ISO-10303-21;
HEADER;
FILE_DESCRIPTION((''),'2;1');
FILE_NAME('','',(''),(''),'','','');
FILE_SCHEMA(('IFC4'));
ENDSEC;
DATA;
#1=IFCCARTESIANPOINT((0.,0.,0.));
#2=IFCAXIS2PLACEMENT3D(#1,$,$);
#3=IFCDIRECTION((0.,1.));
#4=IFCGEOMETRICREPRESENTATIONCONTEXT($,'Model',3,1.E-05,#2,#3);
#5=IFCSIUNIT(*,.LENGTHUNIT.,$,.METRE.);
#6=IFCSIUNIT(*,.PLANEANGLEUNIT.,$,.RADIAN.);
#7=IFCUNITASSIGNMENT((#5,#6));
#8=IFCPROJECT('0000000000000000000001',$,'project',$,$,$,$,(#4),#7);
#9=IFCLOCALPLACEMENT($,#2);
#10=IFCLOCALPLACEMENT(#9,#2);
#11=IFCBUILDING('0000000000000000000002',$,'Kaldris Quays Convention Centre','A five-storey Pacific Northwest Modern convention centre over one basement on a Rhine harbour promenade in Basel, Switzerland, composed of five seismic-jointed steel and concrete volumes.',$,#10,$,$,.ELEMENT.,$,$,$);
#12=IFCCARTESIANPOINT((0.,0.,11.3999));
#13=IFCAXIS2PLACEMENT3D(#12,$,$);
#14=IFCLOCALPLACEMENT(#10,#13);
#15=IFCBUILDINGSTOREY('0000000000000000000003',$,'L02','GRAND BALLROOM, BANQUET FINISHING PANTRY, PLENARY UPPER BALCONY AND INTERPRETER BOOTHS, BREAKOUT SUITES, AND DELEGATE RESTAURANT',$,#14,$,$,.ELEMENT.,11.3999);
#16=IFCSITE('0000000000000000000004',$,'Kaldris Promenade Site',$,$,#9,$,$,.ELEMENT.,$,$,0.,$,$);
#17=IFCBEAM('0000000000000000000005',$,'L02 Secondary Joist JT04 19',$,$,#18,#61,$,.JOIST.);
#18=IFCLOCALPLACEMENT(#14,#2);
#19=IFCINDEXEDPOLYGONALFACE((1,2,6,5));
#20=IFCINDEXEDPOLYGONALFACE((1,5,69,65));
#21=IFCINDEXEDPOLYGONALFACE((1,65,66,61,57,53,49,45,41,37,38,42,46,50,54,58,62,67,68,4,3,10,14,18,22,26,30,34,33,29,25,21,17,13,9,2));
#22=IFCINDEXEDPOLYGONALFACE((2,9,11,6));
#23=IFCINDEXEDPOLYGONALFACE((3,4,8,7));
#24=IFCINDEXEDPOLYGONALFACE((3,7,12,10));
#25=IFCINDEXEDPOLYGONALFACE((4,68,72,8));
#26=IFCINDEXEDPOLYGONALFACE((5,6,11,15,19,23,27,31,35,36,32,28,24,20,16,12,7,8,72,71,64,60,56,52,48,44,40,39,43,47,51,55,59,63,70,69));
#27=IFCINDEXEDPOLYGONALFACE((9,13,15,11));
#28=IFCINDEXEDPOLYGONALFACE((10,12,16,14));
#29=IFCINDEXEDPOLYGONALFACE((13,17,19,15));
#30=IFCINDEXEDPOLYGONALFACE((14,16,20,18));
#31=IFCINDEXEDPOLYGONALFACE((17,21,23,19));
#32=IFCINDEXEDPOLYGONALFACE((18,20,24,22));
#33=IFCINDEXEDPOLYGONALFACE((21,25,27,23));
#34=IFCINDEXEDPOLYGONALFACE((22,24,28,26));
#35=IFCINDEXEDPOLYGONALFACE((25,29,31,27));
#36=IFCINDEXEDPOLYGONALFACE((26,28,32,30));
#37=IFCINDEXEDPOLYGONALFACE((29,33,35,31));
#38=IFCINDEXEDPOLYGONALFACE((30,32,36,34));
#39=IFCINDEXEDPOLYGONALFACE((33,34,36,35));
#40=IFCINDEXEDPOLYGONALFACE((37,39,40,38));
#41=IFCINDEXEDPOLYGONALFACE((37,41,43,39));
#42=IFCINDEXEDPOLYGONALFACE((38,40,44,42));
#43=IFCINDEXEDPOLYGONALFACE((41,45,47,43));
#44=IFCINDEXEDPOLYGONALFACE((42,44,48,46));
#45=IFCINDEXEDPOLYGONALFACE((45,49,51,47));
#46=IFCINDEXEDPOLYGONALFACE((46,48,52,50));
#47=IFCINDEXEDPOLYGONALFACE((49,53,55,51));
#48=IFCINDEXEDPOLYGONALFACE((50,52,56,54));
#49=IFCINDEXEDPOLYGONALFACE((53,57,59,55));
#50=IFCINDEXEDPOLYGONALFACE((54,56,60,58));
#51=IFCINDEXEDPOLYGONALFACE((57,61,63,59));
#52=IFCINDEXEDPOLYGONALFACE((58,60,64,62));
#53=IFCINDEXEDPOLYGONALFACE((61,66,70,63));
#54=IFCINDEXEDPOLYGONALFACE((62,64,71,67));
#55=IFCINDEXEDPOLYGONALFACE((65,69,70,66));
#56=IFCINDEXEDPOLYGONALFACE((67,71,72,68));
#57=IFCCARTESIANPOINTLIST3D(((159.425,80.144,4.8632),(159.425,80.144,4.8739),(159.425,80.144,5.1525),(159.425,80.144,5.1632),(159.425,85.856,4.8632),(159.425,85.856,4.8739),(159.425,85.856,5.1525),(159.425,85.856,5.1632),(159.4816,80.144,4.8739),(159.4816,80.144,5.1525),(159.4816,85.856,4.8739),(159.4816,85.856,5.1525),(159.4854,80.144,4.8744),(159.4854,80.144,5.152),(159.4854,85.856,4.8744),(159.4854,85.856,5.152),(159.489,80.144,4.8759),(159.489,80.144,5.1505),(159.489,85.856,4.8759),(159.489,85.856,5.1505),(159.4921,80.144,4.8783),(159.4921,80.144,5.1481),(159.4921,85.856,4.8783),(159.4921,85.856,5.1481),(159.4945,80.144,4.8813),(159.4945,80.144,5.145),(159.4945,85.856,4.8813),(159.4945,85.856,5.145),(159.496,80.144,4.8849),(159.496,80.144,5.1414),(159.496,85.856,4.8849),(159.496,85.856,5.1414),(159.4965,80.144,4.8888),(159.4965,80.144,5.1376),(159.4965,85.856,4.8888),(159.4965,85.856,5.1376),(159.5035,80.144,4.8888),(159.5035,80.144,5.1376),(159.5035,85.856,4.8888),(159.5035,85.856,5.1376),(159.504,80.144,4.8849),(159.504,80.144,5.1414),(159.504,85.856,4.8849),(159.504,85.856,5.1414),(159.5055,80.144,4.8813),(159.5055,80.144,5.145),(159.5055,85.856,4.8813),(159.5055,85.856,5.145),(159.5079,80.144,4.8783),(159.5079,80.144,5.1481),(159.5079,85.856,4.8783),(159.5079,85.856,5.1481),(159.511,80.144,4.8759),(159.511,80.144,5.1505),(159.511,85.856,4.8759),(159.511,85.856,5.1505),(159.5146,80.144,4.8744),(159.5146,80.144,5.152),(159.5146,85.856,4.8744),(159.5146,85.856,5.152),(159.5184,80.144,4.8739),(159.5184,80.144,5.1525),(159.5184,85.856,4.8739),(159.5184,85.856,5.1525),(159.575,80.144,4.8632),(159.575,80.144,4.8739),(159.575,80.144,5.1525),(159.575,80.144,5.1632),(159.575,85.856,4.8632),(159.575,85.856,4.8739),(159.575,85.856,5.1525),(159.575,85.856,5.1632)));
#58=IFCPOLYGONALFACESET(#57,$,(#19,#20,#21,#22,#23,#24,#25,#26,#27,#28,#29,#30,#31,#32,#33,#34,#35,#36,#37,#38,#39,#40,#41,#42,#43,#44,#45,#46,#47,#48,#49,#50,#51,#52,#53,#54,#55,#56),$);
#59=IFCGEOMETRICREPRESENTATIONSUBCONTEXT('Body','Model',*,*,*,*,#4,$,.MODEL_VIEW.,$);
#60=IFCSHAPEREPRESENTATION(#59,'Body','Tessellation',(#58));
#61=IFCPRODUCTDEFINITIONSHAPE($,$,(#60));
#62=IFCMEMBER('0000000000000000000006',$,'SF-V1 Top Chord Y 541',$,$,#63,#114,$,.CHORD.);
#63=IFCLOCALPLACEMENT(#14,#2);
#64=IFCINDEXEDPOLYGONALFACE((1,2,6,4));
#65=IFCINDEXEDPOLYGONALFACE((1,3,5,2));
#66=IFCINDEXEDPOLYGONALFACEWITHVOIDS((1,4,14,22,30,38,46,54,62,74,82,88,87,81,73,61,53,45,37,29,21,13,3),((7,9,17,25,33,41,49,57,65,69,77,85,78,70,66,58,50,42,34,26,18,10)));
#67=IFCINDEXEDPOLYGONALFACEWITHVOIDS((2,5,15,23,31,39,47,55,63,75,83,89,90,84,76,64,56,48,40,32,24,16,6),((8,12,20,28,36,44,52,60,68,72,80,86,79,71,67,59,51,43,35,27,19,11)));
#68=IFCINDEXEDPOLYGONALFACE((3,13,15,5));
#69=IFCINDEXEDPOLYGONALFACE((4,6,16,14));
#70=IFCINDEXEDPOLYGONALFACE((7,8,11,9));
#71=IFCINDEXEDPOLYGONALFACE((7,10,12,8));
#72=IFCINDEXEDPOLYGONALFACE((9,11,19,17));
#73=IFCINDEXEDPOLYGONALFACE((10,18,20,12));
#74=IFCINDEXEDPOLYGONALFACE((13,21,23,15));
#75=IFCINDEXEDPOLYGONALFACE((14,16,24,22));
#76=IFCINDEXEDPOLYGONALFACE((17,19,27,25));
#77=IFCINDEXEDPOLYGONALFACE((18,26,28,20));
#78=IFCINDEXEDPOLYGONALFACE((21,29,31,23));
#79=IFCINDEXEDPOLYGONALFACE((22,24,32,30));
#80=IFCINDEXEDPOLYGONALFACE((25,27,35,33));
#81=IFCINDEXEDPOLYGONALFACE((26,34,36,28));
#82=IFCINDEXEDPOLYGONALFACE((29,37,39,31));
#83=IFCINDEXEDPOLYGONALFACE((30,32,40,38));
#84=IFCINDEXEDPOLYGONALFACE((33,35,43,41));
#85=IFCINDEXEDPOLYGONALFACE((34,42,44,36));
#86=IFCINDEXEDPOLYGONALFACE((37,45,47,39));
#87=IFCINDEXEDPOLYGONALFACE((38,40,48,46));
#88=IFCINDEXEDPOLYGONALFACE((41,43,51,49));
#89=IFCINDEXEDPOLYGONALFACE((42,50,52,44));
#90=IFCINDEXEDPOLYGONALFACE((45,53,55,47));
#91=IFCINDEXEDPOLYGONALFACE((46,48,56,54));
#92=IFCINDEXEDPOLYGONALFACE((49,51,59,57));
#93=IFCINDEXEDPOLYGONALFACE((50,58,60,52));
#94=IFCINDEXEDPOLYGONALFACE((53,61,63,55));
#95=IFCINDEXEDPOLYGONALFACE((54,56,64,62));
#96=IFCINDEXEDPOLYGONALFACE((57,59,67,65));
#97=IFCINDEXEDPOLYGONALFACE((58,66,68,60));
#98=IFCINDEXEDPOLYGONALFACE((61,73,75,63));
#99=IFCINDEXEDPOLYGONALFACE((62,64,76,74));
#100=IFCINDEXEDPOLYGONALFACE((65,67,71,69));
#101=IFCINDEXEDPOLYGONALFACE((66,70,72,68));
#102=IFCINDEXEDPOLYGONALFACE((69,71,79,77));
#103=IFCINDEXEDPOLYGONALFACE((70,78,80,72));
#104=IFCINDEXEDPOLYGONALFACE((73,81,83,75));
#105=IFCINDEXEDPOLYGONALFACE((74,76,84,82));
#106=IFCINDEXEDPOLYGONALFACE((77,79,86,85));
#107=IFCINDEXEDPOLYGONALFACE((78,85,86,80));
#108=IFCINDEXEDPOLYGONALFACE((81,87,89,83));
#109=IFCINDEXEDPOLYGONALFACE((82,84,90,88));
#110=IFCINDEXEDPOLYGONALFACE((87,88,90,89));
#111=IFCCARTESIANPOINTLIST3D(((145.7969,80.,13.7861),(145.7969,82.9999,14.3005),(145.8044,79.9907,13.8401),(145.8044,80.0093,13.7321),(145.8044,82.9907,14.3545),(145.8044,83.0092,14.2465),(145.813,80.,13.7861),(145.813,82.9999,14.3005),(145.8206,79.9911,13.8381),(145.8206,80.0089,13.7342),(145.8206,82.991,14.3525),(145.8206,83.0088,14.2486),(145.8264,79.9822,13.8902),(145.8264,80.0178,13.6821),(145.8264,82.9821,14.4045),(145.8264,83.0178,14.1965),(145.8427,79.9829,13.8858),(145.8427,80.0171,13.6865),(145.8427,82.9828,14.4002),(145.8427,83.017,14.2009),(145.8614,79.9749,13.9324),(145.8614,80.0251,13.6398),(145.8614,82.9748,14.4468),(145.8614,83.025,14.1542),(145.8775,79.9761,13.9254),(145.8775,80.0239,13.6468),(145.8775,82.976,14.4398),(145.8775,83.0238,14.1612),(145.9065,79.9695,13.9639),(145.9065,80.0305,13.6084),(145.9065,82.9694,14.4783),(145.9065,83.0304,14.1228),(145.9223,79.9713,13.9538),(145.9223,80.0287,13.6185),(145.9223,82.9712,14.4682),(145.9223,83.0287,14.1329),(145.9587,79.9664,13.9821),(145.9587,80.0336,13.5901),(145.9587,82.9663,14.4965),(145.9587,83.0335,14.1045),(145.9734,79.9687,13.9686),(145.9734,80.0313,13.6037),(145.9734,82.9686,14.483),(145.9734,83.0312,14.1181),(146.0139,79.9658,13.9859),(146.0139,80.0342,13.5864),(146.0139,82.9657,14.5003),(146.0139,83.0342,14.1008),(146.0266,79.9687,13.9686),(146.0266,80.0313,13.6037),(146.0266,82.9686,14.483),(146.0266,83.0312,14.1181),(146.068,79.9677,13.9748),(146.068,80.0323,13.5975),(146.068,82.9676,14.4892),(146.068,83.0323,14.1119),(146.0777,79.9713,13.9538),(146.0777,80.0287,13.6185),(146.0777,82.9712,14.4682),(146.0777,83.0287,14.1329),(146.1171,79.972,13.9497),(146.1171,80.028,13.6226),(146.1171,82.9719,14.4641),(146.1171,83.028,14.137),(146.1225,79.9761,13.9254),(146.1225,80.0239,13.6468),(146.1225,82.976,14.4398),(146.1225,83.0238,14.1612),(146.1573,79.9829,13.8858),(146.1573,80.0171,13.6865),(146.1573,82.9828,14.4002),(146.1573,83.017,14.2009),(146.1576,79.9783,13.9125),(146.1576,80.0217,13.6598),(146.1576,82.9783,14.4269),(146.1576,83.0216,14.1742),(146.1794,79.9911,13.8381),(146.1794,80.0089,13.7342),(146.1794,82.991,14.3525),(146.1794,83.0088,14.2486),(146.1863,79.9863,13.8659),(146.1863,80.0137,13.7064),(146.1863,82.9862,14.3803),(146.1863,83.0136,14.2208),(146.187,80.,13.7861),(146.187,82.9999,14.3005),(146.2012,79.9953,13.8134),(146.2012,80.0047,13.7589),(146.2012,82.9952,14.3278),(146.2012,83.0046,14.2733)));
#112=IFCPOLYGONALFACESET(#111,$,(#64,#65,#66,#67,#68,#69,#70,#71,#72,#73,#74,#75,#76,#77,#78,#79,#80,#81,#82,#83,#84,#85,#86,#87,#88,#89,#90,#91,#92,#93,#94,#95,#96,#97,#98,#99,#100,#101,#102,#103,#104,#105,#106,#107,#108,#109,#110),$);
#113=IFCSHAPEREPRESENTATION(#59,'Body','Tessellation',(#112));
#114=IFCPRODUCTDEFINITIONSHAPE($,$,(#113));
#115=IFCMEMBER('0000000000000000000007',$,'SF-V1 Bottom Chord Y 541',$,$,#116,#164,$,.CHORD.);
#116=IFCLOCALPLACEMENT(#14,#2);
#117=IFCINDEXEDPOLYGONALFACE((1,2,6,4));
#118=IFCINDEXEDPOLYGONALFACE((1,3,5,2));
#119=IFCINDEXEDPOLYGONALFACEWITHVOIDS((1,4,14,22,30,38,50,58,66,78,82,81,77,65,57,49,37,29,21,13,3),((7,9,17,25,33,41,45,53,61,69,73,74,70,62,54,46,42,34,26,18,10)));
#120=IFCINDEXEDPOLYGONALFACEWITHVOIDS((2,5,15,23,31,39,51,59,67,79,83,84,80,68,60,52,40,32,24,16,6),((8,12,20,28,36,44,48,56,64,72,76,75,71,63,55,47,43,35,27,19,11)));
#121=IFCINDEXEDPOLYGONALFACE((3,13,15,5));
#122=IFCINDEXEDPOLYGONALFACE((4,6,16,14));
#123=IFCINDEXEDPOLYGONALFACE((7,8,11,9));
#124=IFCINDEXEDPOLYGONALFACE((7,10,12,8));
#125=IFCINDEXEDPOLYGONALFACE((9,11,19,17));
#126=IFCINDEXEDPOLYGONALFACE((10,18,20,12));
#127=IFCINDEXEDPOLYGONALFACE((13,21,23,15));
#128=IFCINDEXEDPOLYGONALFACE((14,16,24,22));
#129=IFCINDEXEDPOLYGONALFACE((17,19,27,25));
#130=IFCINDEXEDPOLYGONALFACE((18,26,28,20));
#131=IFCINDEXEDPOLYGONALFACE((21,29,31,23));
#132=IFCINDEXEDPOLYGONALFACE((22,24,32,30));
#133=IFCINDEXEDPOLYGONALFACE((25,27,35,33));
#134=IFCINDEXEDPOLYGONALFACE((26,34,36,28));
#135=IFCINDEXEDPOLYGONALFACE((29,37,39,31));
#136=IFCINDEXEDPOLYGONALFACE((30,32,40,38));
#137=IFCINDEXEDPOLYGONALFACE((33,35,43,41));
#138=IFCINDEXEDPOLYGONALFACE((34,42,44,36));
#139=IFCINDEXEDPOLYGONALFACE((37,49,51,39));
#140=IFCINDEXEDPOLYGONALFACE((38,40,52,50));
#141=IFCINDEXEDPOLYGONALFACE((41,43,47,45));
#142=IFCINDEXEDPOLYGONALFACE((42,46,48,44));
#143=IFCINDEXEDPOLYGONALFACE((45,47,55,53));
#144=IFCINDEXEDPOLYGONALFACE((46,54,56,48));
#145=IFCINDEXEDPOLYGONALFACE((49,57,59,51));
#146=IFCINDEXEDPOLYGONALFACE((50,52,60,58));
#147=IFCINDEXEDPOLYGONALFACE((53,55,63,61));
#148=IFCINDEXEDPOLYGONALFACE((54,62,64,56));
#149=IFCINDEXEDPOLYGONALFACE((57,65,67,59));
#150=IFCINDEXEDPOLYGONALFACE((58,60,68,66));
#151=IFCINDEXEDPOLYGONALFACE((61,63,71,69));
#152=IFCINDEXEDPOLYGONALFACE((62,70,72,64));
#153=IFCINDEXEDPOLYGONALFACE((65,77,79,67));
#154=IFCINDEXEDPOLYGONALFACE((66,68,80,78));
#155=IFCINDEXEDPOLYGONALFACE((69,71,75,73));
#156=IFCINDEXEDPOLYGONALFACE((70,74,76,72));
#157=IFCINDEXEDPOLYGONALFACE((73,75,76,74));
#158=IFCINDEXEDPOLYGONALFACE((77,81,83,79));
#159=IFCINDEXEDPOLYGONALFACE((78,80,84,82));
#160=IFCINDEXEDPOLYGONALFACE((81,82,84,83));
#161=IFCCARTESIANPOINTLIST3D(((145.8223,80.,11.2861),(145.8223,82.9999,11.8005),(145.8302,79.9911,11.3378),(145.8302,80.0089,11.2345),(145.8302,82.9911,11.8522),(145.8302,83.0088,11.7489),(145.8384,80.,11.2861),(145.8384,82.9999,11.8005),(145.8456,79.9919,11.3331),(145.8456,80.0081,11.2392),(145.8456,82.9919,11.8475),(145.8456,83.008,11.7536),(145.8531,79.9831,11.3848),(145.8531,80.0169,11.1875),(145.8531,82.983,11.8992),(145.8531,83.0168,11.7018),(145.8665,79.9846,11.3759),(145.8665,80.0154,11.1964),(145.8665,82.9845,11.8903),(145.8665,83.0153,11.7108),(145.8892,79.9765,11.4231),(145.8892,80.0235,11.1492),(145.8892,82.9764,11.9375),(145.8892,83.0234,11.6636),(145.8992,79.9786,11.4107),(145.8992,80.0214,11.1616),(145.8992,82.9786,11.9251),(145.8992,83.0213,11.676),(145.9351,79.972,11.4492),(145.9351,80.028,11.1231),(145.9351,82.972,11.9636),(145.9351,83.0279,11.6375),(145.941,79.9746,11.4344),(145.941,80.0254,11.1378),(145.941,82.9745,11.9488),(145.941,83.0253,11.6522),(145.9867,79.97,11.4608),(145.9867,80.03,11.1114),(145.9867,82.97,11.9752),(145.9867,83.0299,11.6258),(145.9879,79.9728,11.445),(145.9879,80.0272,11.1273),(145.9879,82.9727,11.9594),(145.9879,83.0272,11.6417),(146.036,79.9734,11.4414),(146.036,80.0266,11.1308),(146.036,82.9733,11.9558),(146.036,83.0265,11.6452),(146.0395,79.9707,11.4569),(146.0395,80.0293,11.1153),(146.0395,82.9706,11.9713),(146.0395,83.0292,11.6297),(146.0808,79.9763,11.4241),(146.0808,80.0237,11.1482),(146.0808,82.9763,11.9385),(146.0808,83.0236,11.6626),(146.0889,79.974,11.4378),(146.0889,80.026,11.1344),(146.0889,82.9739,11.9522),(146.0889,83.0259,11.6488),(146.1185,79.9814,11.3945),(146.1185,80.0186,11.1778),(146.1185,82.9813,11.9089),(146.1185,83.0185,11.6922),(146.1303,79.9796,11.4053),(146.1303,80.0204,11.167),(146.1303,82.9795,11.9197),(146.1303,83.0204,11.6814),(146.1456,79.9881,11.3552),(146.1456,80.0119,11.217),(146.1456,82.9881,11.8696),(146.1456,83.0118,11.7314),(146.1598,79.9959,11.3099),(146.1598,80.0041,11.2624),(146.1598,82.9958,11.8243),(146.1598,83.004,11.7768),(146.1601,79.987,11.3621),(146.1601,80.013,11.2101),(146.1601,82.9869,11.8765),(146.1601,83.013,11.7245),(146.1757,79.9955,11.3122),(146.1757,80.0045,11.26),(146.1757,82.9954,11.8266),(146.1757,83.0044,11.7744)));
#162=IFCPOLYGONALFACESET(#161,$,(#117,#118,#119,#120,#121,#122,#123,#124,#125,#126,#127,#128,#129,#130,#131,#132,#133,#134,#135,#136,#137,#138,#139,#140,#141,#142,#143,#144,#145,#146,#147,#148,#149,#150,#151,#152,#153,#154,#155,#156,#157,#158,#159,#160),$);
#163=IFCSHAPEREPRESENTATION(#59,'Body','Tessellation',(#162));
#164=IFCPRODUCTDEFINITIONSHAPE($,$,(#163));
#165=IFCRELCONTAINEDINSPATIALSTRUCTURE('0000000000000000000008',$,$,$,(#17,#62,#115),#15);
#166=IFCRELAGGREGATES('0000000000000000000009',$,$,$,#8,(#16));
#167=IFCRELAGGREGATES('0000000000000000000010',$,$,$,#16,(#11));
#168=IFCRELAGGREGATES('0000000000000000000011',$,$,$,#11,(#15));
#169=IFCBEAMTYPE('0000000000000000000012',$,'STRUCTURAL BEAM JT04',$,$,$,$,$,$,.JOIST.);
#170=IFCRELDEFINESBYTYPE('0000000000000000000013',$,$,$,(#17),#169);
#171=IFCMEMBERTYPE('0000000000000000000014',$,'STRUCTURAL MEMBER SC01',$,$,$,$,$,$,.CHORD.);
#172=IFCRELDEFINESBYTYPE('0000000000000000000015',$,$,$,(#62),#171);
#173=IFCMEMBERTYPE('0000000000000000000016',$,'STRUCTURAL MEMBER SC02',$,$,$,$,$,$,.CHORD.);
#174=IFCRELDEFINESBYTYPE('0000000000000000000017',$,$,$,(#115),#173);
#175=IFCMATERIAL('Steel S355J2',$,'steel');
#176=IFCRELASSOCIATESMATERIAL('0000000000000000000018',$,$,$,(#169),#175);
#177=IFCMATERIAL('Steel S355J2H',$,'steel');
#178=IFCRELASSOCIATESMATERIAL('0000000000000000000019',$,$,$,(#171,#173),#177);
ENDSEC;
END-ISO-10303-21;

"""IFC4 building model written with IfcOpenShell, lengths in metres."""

from ifc_helpers import new_model, si_unit, direction, frame, origin, origin_2d, place, context, subcontext, project, spatial, hollow_circle, i_section, extrude, material, material_profile, profile_set, type_object, element, save


model = new_model("IFC4")

# Units and contexts
model_context = context("Model", 3, precision=1e-05, world=origin(), true_north=direction((0.0, 1.0)))
body_context = subcontext(model_context, "Body", "Model", "MODEL_VIEW")
ifc_project = project(units=[si_unit("LENGTHUNIT", "METRE"), si_unit("PLANEANGLEUNIT", "RADIAN")], contexts=[model_context])

# Site, building, storey
site_placement = place(None, origin())
site = spatial("IfcSite", under=ifc_project, at=site_placement, Name="Kaldris Promenade Site", CompositionType="ELEMENT", RefElevation=0.0)
building_placement = place(site_placement, origin())
building = spatial("IfcBuilding", under=site, at=building_placement, Name="Kaldris Quays Convention Centre", Description="A five-storey Pacific Northwest Modern convention centre over one basement on a Rhine harbour promenade in Basel, Switzerland, composed of five seismic-jointed steel and concrete volumes.", CompositionType="ELEMENT")
storey_placement = place(building_placement, frame((0.0, 0.0, 11.3999)))
storey = spatial("IfcBuildingStorey", under=building, at=storey_placement, Name="L02", Description="GRAND BALLROOM, BANQUET FINISHING PANTRY, PLENARY UPPER BALCONY AND INTERPRETER BOOTHS, BREAKOUT SUITES, AND DELEGATE RESTAURANT", CompositionType="ELEMENT", Elevation=11.3999)

# Beam
ifc_material_1 = material(Name="Steel S355J2", Category="steel")
ifc_material_profile_1 = material_profile(ifc_material_1, i_section(OverallWidth=0.1499, OverallDepth=0.3, WebThickness=0.0071, FlangeThickness=0.0107, FilletRadius=0.0149, at=origin_2d()), Name="IPE 300")
ifc_profile_set_1 = profile_set([ifc_material_profile_1], Name="Steel S355J2")
beam_type_1 = type_object("IfcBeamType", Name="STRUCTURAL BEAM JT04", PredefinedType="JOIST", material=ifc_profile_set_1)
for number, where, z_axis, x_axis, name in (
    (1, (159.5, 80.144, 5.0132), (0.0, 1.0, 0.0), (-1.0, 0.0, 0.0), "L02 Secondary Joist JT04 19"),
):
    element("IfcBeam", number, at=place(storey_placement, frame(where, z_axis=z_axis, x_axis=x_axis)), inside=storey, type_object=beam_type_1, Name=name, PredefinedType="JOIST", context=body_context, shape_type="SweptSolid", body=[
        extrude(i_section(OverallWidth=0.1499, OverallDepth=0.3, WebThickness=0.0071, FlangeThickness=0.0107, FilletRadius=0.0149, at=origin_2d()), origin(), (0.0, 0.0, 1.0), 5.7119),
    ])

# Members
ifc_material_2 = material(Name="Steel S355J2H", Category="steel")
ifc_material_profile_2 = material_profile(ifc_material_2, hollow_circle(Radius=0.2031, WallThickness=0.0161, at=origin_2d()), Name="CHS 406.4x16")
ifc_profile_set_2 = profile_set([ifc_material_profile_2], Name="Steel S355J2H")
member_type_1 = type_object("IfcMemberType", Name="STRUCTURAL MEMBER SC01", PredefinedType="CHORD", material=ifc_profile_set_2)
member_1_placement = place(storey_placement, frame((146.0, 80.0, 13.7861), z_axis=(0.0, 0.985616, 0.169002), x_axis=(-1.0, 0.0, 0.0)))
element("IfcMember", 2, at=member_1_placement, inside=storey, type_object=member_type_1, Name="SF-V1 Top Chord Y 541", PredefinedType="CHORD", context=body_context, shape_type="SweptSolid", body=[
    extrude(hollow_circle(Radius=0.2031, WallThickness=0.0161, at=origin_2d()), origin(), (0.0, 0.0, 1.0), 3.0437),
])
ifc_material_profile_3 = material_profile(ifc_material_2, hollow_circle(Radius=0.1777, WallThickness=0.0161, at=origin_2d()), Name="CHS 355.6x16")
ifc_profile_set_3 = profile_set([ifc_material_profile_3], Name="Steel S355J2H")
member_type_2 = type_object("IfcMemberType", Name="STRUCTURAL MEMBER SC02", PredefinedType="CHORD", material=ifc_profile_set_3)
member_2_placement = place(storey_placement, frame((146.0, 80.0, 11.2861), z_axis=(0.0, 0.985616, 0.169002), x_axis=(-1.0, 0.0, 0.0)))
element("IfcMember", 3, at=member_2_placement, inside=storey, type_object=member_type_2, Name="SF-V1 Bottom Chord Y 541", PredefinedType="CHORD", context=body_context, shape_type="SweptSolid", body=[
    extrude(hollow_circle(Radius=0.1777, WallThickness=0.0161, at=origin_2d()), origin(), (0.0, 0.0, 1.0), 3.0437),
])

save(model, "model.ifc")
